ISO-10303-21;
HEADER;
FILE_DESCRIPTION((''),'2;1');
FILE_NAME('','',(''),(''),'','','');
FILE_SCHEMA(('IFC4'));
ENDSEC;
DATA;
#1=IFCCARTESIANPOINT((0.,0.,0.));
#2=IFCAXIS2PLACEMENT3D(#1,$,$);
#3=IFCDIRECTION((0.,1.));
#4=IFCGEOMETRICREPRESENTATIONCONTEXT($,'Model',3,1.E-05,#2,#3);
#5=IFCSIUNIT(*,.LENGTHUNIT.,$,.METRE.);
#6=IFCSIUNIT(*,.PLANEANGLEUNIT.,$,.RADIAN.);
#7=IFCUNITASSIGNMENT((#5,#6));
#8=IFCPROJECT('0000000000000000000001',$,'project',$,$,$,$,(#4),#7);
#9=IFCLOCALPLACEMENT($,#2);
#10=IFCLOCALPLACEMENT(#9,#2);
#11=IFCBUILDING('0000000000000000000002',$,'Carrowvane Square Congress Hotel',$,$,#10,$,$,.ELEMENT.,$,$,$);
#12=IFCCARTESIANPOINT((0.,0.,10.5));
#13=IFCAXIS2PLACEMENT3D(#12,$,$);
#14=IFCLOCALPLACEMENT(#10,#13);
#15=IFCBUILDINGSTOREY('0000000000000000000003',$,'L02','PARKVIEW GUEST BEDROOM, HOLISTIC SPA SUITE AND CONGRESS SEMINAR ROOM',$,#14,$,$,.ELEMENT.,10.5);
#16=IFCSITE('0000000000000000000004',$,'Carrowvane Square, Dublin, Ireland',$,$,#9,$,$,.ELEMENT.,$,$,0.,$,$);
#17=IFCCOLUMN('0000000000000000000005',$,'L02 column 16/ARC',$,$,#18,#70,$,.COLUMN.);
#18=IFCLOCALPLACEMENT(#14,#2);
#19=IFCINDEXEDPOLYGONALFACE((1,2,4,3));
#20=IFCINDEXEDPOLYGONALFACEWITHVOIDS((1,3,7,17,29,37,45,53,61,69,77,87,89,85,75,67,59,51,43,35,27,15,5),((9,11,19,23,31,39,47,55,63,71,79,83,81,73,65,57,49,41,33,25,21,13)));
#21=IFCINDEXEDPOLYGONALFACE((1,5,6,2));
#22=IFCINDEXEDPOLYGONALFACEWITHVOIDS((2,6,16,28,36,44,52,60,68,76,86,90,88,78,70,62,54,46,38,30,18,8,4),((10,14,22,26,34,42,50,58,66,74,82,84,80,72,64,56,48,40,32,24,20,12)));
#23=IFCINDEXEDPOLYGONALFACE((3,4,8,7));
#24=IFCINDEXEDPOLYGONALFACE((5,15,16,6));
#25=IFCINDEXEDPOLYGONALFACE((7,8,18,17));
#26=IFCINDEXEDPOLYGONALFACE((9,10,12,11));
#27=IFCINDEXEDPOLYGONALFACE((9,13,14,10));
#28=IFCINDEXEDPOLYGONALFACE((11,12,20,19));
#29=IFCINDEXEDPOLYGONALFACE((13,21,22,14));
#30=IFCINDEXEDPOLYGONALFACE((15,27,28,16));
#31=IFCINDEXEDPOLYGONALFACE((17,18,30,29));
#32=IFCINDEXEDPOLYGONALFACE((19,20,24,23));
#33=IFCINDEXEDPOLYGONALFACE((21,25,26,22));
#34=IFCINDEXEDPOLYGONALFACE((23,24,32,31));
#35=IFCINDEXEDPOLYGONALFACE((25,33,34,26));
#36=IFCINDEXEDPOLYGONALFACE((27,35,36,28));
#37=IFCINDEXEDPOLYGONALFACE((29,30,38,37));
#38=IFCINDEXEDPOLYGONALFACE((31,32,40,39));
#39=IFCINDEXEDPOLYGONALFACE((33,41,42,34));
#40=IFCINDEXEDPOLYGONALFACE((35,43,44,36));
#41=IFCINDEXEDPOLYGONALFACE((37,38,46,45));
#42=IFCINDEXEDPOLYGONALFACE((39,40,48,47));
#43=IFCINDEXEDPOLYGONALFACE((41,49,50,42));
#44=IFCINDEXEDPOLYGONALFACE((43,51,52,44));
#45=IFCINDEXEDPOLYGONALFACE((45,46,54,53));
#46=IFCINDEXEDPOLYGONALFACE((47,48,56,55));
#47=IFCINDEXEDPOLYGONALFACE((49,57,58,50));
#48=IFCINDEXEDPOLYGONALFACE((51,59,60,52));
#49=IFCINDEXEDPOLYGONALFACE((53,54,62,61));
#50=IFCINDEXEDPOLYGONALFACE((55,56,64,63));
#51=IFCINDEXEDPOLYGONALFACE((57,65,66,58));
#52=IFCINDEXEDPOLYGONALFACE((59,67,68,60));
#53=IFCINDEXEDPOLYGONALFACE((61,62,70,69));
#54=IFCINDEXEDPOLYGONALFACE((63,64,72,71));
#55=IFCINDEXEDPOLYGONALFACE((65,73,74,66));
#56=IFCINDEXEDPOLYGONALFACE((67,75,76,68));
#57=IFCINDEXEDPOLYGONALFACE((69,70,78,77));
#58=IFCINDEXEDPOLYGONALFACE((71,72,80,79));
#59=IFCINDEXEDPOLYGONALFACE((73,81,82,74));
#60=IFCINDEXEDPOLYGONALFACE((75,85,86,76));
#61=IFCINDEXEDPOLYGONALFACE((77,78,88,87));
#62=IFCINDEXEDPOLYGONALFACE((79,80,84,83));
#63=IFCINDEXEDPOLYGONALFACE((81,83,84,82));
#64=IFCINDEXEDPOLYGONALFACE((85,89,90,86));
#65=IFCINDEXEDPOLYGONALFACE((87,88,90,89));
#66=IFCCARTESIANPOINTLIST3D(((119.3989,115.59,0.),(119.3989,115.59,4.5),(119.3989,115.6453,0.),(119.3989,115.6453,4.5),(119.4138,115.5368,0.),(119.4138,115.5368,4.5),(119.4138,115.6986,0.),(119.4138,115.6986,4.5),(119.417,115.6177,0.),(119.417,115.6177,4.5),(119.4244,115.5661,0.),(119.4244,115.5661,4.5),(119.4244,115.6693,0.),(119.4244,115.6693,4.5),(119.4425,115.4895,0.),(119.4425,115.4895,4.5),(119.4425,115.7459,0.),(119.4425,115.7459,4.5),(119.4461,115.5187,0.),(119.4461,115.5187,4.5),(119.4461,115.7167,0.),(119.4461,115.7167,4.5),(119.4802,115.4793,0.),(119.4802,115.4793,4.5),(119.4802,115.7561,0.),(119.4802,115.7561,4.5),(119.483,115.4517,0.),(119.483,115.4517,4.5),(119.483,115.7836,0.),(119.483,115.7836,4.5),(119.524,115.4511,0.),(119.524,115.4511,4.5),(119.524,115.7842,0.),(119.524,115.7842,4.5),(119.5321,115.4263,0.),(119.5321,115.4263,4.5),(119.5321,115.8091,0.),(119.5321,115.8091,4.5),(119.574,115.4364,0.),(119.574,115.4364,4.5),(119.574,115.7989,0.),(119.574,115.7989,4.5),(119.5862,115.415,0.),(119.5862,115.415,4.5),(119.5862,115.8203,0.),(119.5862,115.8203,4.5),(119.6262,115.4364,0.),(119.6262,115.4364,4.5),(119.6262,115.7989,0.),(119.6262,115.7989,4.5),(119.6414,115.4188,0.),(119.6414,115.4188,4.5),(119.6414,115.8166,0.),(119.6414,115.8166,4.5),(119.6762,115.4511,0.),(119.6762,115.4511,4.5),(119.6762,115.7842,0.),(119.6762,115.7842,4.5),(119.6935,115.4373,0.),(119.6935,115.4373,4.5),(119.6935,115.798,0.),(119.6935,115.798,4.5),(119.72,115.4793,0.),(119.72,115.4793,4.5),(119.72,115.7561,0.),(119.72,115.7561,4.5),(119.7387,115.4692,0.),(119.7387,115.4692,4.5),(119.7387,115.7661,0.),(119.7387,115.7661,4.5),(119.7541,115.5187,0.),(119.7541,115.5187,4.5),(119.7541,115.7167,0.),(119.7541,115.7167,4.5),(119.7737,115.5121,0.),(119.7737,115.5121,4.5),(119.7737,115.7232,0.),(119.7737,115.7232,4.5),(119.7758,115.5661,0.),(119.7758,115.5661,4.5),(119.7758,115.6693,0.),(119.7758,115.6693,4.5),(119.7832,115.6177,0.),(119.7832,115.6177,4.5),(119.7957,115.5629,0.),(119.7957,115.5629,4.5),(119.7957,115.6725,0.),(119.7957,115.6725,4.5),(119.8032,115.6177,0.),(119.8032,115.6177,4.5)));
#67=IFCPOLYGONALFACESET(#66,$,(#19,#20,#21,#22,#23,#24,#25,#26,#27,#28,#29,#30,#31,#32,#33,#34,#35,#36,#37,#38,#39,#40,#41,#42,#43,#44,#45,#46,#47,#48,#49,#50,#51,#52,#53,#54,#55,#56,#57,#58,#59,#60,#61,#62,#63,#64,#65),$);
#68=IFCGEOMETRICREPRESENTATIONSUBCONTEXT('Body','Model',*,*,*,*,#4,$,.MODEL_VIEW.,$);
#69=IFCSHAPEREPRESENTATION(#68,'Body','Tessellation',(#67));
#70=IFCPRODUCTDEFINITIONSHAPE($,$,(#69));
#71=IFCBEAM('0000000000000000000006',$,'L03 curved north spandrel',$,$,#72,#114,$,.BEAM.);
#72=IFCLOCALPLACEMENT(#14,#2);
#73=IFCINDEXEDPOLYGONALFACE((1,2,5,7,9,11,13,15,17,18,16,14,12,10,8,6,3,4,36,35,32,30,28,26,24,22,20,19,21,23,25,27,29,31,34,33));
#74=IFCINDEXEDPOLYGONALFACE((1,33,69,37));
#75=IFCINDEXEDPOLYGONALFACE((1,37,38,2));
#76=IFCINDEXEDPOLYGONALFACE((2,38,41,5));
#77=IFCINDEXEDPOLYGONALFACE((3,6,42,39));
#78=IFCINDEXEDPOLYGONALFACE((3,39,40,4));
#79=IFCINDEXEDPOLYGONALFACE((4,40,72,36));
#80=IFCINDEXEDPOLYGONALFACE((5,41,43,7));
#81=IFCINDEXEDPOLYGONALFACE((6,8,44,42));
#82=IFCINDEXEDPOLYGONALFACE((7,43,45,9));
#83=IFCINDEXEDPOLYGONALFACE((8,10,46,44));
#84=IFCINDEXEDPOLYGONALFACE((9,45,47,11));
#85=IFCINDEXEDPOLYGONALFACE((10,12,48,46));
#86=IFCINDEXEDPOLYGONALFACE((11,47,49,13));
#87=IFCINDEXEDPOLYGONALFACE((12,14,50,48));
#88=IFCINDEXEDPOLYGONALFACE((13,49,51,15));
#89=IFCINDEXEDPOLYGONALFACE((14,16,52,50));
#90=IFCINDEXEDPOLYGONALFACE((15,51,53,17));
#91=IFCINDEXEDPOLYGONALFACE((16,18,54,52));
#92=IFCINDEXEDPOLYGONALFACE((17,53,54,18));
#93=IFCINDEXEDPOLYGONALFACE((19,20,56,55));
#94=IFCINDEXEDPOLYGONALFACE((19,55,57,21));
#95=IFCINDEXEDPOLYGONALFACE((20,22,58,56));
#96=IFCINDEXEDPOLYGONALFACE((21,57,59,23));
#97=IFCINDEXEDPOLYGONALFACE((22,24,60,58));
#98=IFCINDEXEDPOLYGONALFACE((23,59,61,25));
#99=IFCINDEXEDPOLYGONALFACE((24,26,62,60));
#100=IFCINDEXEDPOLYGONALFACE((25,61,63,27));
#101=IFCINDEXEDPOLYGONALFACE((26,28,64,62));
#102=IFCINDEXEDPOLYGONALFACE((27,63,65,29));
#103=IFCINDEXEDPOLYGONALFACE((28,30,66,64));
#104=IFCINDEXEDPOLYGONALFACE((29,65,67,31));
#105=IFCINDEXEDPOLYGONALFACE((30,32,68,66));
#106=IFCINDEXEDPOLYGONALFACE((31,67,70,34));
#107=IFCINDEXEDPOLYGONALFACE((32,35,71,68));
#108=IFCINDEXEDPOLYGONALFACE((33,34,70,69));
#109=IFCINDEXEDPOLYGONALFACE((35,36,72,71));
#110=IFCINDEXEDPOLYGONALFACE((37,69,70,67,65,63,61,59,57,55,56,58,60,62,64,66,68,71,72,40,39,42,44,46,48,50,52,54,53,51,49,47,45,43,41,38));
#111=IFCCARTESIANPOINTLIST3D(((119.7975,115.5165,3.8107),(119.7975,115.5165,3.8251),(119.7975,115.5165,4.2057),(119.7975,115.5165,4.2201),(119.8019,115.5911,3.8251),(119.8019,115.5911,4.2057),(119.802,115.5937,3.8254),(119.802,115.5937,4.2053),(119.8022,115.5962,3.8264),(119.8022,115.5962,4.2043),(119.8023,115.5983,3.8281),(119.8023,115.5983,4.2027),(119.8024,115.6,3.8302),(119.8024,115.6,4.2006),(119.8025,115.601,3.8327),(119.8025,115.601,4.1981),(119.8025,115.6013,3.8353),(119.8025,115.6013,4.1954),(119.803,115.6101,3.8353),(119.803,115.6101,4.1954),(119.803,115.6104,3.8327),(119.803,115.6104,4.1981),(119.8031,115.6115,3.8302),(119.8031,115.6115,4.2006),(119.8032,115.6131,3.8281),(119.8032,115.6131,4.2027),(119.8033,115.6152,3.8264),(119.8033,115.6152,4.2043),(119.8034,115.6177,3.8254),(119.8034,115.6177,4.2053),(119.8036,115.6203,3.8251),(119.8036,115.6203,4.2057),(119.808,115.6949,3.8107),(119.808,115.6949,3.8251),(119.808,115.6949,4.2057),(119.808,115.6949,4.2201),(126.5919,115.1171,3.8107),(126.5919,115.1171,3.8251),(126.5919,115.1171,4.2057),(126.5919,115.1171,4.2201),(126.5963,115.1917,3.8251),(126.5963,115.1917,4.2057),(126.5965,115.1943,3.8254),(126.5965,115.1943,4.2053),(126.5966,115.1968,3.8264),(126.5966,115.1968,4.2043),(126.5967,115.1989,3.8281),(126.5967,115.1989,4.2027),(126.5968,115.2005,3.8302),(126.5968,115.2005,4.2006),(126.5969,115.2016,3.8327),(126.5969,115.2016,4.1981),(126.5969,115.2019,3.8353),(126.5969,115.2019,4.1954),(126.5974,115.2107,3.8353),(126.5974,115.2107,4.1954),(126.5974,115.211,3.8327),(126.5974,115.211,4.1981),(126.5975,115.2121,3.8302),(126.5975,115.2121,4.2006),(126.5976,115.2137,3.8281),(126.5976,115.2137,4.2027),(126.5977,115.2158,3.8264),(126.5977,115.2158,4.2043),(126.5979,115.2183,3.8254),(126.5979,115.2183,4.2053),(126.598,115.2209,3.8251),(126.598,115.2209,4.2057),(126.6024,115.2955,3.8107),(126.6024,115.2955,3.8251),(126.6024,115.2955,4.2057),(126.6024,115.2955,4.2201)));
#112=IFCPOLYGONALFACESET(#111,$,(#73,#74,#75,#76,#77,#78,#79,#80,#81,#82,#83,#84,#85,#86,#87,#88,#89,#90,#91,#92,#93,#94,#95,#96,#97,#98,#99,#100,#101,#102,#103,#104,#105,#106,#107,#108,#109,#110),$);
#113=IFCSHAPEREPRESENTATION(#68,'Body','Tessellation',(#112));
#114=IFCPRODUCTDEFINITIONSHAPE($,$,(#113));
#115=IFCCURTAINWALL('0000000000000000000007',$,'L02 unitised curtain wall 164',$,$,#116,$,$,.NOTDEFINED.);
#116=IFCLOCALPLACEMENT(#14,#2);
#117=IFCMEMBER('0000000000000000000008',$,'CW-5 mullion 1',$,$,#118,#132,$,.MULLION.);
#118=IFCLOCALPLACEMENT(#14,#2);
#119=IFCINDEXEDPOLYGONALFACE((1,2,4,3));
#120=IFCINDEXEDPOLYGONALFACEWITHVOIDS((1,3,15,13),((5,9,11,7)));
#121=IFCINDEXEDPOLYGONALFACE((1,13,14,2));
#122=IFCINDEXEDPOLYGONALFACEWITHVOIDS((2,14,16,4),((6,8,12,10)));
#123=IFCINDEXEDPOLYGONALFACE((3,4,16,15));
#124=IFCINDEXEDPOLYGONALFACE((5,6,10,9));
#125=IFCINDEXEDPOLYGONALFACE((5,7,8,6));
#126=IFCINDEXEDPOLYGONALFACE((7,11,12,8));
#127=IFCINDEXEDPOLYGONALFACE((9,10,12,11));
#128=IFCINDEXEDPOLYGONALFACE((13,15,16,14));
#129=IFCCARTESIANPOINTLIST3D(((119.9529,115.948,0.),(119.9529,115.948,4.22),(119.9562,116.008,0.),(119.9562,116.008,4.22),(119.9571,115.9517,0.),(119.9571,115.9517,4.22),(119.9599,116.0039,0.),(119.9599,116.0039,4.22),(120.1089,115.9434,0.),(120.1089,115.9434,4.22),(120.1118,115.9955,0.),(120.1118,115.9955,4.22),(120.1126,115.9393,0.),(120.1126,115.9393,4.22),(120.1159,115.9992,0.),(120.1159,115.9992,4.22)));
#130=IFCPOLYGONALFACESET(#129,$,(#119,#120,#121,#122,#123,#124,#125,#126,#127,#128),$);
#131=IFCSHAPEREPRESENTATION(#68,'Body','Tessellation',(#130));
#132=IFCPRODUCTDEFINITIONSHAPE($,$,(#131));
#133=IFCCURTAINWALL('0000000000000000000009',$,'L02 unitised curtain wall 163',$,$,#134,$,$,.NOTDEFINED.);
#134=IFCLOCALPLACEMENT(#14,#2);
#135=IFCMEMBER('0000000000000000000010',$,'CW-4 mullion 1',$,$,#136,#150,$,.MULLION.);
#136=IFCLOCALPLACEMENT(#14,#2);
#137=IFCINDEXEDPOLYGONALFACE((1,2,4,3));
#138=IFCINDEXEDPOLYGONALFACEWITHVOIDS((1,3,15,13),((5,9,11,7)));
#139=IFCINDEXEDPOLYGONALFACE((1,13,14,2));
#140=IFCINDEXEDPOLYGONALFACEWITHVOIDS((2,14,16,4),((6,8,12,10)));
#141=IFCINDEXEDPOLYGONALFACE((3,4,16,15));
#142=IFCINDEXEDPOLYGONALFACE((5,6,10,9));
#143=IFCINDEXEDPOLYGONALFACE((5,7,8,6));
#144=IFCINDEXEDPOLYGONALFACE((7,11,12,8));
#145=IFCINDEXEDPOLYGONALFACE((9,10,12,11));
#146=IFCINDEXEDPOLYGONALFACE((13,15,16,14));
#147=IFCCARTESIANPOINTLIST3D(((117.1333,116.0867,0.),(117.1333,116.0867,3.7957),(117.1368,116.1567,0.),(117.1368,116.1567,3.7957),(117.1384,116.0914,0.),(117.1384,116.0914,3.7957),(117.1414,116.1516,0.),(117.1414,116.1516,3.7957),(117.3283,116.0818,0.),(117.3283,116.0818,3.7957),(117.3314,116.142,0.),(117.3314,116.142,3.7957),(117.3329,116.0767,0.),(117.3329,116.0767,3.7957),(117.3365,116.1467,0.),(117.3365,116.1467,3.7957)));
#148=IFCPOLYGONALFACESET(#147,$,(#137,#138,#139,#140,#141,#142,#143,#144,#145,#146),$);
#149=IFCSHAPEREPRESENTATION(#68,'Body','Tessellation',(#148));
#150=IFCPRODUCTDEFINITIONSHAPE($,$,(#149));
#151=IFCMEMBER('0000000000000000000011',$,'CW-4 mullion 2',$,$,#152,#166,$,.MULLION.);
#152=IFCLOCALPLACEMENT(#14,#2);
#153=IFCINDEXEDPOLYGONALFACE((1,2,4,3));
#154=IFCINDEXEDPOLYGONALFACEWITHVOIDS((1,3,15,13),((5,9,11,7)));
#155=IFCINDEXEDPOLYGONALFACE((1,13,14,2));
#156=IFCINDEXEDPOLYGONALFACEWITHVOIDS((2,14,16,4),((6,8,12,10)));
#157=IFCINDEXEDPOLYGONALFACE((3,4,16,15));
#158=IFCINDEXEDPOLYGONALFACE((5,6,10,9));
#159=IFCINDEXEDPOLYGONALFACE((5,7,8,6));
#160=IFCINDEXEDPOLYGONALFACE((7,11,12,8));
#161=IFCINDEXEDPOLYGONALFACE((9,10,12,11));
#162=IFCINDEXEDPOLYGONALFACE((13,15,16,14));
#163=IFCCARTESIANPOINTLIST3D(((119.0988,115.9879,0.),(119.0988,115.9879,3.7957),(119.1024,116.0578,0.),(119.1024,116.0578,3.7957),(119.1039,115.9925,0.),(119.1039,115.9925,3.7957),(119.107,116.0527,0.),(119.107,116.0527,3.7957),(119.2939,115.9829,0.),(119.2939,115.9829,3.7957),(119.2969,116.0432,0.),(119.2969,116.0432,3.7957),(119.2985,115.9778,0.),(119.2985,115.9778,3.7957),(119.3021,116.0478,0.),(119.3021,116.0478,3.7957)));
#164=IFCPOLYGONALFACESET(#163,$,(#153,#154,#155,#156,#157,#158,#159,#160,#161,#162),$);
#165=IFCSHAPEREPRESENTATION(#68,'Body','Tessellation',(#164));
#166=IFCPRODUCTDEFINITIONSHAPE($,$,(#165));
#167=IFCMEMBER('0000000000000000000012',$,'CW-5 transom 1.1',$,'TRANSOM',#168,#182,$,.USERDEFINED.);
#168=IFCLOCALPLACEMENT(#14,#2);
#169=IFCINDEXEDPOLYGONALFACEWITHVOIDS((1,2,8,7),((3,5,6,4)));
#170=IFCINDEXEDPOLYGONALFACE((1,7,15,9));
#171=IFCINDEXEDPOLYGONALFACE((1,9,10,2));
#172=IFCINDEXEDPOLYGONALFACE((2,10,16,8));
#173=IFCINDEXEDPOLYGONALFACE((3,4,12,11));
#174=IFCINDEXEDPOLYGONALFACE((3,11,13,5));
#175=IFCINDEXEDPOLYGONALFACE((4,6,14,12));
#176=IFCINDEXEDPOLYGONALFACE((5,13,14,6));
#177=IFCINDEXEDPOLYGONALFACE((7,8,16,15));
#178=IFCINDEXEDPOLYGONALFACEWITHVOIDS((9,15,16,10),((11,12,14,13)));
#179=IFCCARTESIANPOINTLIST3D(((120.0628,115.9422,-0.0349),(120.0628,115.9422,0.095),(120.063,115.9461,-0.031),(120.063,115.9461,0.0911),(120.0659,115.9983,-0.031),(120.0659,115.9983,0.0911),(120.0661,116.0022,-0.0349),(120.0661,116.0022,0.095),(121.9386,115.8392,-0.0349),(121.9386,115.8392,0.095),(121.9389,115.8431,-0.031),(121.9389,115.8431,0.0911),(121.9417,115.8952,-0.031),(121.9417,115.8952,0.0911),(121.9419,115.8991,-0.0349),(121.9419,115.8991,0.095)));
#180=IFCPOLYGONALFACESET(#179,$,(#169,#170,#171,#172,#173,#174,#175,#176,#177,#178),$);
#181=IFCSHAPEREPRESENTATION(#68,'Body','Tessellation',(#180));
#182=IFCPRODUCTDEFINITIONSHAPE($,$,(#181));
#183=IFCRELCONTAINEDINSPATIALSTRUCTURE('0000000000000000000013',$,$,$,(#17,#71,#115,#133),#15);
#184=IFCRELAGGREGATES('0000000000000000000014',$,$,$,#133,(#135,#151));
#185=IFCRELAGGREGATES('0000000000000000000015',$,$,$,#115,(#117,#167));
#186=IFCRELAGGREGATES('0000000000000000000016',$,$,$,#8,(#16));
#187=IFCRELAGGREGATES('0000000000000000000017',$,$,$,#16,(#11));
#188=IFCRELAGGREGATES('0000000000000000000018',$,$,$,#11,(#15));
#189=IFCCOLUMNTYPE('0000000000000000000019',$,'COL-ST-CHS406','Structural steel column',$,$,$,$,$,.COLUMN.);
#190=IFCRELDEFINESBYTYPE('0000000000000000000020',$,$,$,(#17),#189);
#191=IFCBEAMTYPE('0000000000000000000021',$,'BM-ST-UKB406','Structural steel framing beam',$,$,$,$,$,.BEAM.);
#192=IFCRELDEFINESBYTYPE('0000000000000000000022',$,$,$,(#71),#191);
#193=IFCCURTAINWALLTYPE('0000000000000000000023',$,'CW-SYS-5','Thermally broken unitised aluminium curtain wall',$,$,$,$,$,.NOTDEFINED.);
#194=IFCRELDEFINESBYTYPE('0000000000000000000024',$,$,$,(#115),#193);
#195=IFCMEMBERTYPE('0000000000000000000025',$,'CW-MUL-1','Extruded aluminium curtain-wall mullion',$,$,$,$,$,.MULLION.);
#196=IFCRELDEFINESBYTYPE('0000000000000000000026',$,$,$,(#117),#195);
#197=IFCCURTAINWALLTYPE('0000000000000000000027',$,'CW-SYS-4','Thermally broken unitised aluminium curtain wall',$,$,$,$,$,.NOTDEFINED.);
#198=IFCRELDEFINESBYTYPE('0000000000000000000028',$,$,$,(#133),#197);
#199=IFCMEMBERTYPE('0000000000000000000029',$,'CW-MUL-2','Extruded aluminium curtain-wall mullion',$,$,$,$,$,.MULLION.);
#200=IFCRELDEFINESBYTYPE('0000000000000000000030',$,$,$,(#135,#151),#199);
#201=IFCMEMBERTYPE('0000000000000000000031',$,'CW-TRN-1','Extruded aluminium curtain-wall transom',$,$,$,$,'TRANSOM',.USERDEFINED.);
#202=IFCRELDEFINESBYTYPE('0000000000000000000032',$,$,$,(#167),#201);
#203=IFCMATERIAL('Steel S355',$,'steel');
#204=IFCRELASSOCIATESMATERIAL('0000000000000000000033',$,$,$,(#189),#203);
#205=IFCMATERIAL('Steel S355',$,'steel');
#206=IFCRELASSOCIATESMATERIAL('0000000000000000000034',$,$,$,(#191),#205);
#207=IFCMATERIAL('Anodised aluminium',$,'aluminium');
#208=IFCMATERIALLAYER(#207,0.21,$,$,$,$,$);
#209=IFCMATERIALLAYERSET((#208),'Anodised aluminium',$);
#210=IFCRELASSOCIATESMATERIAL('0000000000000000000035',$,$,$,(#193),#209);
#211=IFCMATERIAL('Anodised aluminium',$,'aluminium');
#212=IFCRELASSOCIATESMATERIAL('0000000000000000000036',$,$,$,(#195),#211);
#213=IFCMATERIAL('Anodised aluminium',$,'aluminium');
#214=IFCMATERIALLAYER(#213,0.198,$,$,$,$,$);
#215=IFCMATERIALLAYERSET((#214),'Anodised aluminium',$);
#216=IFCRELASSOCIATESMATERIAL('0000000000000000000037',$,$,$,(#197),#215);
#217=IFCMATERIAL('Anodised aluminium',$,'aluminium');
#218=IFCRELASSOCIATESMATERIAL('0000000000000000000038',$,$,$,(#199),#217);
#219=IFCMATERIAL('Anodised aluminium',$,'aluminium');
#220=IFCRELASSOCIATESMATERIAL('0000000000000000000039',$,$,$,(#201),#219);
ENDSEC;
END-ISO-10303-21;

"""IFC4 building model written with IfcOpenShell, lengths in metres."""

from ifc_helpers import new_model, si_unit, direction, frame, origin, origin_2d, place, context, subcontext, project, spatial, hollow_rectangle, hollow_circle, i_section, extrude, material, layer, layer_set, material_profile, profile_set, type_object, element, aggregate, save


model = new_model("IFC4")

# Units and contexts
model_context = context("Model", 3, precision=1e-05, world=origin(), true_north=direction((0.0, 1.0)))
body_context = subcontext(model_context, "Body", "Model", "MODEL_VIEW")
ifc_project = project(units=[si_unit("LENGTHUNIT", "METRE"), si_unit("PLANEANGLEUNIT", "RADIAN")], contexts=[model_context])

# Site, building, storey
site_placement = place(None, origin())
site = spatial("IfcSite", under=ifc_project, at=site_placement, Name="Carrowvane Square, Dublin, Ireland", CompositionType="ELEMENT", RefElevation=0.0)
building_placement = place(site_placement, origin())
building = spatial("IfcBuilding", under=site, at=building_placement, Name="Carrowvane Square Congress Hotel", CompositionType="ELEMENT")
storey_placement = place(building_placement, frame((0.0, 0.0, 10.5)))
storey = spatial("IfcBuildingStorey", under=building, at=storey_placement, Name="L02", Description="PARKVIEW GUEST BEDROOM, HOLISTIC SPA SUITE AND CONGRESS SEMINAR ROOM", CompositionType="ELEMENT", Elevation=10.5)

# Column
ifc_material_1 = material(Name="Steel S355", Category="steel")
ifc_material_profile_1 = material_profile(ifc_material_1, hollow_circle(Radius=0.2031, WallThickness=0.02, at=origin_2d()), Name="CHS 406.4x20")
ifc_profile_set_1 = profile_set([ifc_material_profile_1], Name="Steel S355")
column_type = type_object("IfcColumnType", Name="COL-ST-CHS406", Description="Structural steel column", PredefinedType="COLUMN", material=ifc_profile_set_1)
column_placement = place(storey_placement, frame((119.6001, 115.6177, 0.0), z_axis=(0.0, 0.0, 1.0), x_axis=(1.0, 0.0, 0.0)))
element("IfcColumn", 1, at=column_placement, inside=storey, type_object=column_type, Name="L02 column 16/ARC", PredefinedType="COLUMN", context=body_context, shape_type="SweptSolid", body=[
    extrude(hollow_circle(Radius=0.2031, WallThickness=0.02, at=origin_2d()), origin(), (0.0, 0.0, 1.0), 4.5),
])

# Beam
ifc_material_2 = material(Name="Steel S355", Category="steel")
ifc_material_profile_2 = material_profile(ifc_material_2, i_section(OverallWidth=0.1787, OverallDepth=0.4094, WebThickness=0.0088, FlangeThickness=0.0144, FilletRadius=0.0103, at=origin_2d()), Name="UKB 406x178x67")
ifc_profile_set_2 = profile_set([ifc_material_profile_2], Name="Steel S355")
beam_type = type_object("IfcBeamType", Name="BM-ST-UKB406", Description="Structural steel framing beam", PredefinedType="BEAM", material=ifc_profile_set_2)
beam_placement = place(storey_placement, frame((119.8027, 115.6057, 4.0154), z_axis=(0.998277, -0.058684, 0.0), x_axis=(0.058684, 0.998277, 0.0)))
element("IfcBeam", 2, at=beam_placement, inside=storey, type_object=beam_type, Name="L03 curved north spandrel", PredefinedType="BEAM", context=body_context, shape_type="SweptSolid", body=[
    extrude(i_section(OverallWidth=0.1787, OverallDepth=0.4094, WebThickness=0.0088, FlangeThickness=0.0144, FilletRadius=0.0103, at=origin_2d()), origin(), (0.0, 0.0, 1.0), 6.8062),
])

# Curtain wall, member
ifc_material_3 = material(Name="Anodised aluminium", Category="aluminium")
ifc_layer_1 = layer(ifc_material_3, 0.21)
ifc_layer_set_1 = layer_set([ifc_layer_1], Name="Anodised aluminium")
curtain_wall_type_1 = type_object("IfcCurtainWallType", Name="CW-SYS-5", Description="Thermally broken unitised aluminium curtain wall", PredefinedType="NOTDEFINED", material=ifc_layer_set_1)
curtain_wall_1_placement = place(storey_placement, origin())
curtain_wall_1 = element("IfcCurtainWall", 3, at=curtain_wall_1_placement, inside=storey, type_object=curtain_wall_type_1, Name="L02 unitised curtain wall 164", PredefinedType="NOTDEFINED")
ifc_material_4 = material(Name="Anodised aluminium", Category="aluminium")
ifc_material_profile_3 = material_profile(ifc_material_4, hollow_rectangle(XDim=0.0601, YDim=0.1599, WallThickness=0.0039, at=origin_2d()), Name="CW-ML 60x160x4")
ifc_profile_set_3 = profile_set([ifc_material_profile_3], Name="Anodised aluminium")
member_type_1 = type_object("IfcMemberType", Name="CW-MUL-1", Description="Extruded aluminium curtain-wall mullion", PredefinedType="MULLION", material=ifc_profile_set_3)
member_1_placement = place(storey_placement, frame((120.0344, 115.9736, 0.0), z_axis=(0.0, 0.0, 1.0), x_axis=(0.054816, 0.998496, 0.0)))
member_1 = element("IfcMember", 4, at=member_1_placement, type_object=member_type_1, Name="CW-5 mullion 1", PredefinedType="MULLION", context=body_context, shape_type="SweptSolid", body=[
    extrude(hollow_rectangle(XDim=0.0601, YDim=0.1599, WallThickness=0.0039, at=origin_2d()), origin(), (0.0, 0.0, 1.0), 4.22),
])

# Curtain wall, members
ifc_material_5 = material(Name="Anodised aluminium", Category="aluminium")
ifc_layer_2 = layer(ifc_material_5, 0.198)
ifc_layer_set_2 = layer_set([ifc_layer_2], Name="Anodised aluminium")
curtain_wall_type_2 = type_object("IfcCurtainWallType", Name="CW-SYS-4", Description="Thermally broken unitised aluminium curtain wall", PredefinedType="NOTDEFINED", material=ifc_layer_set_2)
curtain_wall_2_placement = place(storey_placement, origin())
curtain_wall_2 = element("IfcCurtainWall", 5, at=curtain_wall_2_placement, inside=storey, type_object=curtain_wall_type_2, Name="L02 unitised curtain wall 163", PredefinedType="NOTDEFINED")
ifc_material_6 = material(Name="Anodised aluminium", Category="aluminium")
ifc_material_profile_4 = material_profile(ifc_material_6, hollow_rectangle(XDim=0.0701, YDim=0.2, WallThickness=0.0049, at=origin_2d()), Name="CW-ML 70x200x5")
ifc_profile_set_4 = profile_set([ifc_material_profile_4], Name="Anodised aluminium")
member_type_2 = type_object("IfcMemberType", Name="CW-MUL-2", Description="Extruded aluminium curtain-wall mullion", PredefinedType="MULLION", material=ifc_profile_set_4)
member_2_placement = place(storey_placement, frame((117.2349, 116.1167, 0.0), z_axis=(0.0, 0.0, 1.0), x_axis=(0.050324, 0.998733, 0.0)))
member_2 = element("IfcMember", 6, at=member_2_placement, type_object=member_type_2, Name="CW-4 mullion 1", PredefinedType="MULLION", context=body_context, shape_type="SweptSolid", body=[
    extrude(hollow_rectangle(XDim=0.0701, YDim=0.2, WallThickness=0.0049, at=origin_2d()), origin(), (0.0, 0.0, 1.0), 3.7957),
])
member_3_placement = place(storey_placement, frame((119.2004, 116.0178, 0.0), z_axis=(0.0, 0.0, 1.0), x_axis=(0.050324, 0.998733, 0.0)))
member_3 = element("IfcMember", 7, at=member_3_placement, type_object=member_type_2, Name="CW-4 mullion 2", PredefinedType="MULLION", context=body_context, shape_type="SweptSolid", body=[
    extrude(hollow_rectangle(XDim=0.0701, YDim=0.2, WallThickness=0.0049, at=origin_2d()), origin(), (0.0, 0.0, 1.0), 3.7957),
])

# Member
ifc_material_7 = material(Name="Anodised aluminium", Category="aluminium")
ifc_material_profile_5 = material_profile(ifc_material_7, hollow_rectangle(XDim=0.0601, YDim=0.1299, WallThickness=0.0039, at=origin_2d()), Name="CW-TR 60x130x4")
ifc_profile_set_5 = profile_set([ifc_material_profile_5], Name="Anodised aluminium")
member_type_3 = type_object("IfcMemberType", Name="CW-TRN-1", Description="Extruded aluminium curtain-wall transom", ElementType="TRANSOM", PredefinedType="USERDEFINED", material=ifc_profile_set_5)
member_4_placement = place(storey_placement, frame((120.0645, 115.9722, 0.03), z_axis=(0.998495, -0.054844, 0.0), x_axis=(0.054844, 0.998495, 0.0)))
member_4 = element("IfcMember", 8, at=member_4_placement, type_object=member_type_3, Name="CW-5 transom 1.1", ObjectType="TRANSOM", PredefinedType="USERDEFINED", context=body_context, shape_type="SweptSolid", body=[
    extrude(hollow_rectangle(XDim=0.0601, YDim=0.1299, WallThickness=0.0039, at=origin_2d()), origin(), (0.0, 0.0, 1.0), 1.8787),
])

aggregate(curtain_wall_2, [member_2, member_3])
aggregate(curtain_wall_1, [member_1, member_4])

save(model, "model.ifc")
